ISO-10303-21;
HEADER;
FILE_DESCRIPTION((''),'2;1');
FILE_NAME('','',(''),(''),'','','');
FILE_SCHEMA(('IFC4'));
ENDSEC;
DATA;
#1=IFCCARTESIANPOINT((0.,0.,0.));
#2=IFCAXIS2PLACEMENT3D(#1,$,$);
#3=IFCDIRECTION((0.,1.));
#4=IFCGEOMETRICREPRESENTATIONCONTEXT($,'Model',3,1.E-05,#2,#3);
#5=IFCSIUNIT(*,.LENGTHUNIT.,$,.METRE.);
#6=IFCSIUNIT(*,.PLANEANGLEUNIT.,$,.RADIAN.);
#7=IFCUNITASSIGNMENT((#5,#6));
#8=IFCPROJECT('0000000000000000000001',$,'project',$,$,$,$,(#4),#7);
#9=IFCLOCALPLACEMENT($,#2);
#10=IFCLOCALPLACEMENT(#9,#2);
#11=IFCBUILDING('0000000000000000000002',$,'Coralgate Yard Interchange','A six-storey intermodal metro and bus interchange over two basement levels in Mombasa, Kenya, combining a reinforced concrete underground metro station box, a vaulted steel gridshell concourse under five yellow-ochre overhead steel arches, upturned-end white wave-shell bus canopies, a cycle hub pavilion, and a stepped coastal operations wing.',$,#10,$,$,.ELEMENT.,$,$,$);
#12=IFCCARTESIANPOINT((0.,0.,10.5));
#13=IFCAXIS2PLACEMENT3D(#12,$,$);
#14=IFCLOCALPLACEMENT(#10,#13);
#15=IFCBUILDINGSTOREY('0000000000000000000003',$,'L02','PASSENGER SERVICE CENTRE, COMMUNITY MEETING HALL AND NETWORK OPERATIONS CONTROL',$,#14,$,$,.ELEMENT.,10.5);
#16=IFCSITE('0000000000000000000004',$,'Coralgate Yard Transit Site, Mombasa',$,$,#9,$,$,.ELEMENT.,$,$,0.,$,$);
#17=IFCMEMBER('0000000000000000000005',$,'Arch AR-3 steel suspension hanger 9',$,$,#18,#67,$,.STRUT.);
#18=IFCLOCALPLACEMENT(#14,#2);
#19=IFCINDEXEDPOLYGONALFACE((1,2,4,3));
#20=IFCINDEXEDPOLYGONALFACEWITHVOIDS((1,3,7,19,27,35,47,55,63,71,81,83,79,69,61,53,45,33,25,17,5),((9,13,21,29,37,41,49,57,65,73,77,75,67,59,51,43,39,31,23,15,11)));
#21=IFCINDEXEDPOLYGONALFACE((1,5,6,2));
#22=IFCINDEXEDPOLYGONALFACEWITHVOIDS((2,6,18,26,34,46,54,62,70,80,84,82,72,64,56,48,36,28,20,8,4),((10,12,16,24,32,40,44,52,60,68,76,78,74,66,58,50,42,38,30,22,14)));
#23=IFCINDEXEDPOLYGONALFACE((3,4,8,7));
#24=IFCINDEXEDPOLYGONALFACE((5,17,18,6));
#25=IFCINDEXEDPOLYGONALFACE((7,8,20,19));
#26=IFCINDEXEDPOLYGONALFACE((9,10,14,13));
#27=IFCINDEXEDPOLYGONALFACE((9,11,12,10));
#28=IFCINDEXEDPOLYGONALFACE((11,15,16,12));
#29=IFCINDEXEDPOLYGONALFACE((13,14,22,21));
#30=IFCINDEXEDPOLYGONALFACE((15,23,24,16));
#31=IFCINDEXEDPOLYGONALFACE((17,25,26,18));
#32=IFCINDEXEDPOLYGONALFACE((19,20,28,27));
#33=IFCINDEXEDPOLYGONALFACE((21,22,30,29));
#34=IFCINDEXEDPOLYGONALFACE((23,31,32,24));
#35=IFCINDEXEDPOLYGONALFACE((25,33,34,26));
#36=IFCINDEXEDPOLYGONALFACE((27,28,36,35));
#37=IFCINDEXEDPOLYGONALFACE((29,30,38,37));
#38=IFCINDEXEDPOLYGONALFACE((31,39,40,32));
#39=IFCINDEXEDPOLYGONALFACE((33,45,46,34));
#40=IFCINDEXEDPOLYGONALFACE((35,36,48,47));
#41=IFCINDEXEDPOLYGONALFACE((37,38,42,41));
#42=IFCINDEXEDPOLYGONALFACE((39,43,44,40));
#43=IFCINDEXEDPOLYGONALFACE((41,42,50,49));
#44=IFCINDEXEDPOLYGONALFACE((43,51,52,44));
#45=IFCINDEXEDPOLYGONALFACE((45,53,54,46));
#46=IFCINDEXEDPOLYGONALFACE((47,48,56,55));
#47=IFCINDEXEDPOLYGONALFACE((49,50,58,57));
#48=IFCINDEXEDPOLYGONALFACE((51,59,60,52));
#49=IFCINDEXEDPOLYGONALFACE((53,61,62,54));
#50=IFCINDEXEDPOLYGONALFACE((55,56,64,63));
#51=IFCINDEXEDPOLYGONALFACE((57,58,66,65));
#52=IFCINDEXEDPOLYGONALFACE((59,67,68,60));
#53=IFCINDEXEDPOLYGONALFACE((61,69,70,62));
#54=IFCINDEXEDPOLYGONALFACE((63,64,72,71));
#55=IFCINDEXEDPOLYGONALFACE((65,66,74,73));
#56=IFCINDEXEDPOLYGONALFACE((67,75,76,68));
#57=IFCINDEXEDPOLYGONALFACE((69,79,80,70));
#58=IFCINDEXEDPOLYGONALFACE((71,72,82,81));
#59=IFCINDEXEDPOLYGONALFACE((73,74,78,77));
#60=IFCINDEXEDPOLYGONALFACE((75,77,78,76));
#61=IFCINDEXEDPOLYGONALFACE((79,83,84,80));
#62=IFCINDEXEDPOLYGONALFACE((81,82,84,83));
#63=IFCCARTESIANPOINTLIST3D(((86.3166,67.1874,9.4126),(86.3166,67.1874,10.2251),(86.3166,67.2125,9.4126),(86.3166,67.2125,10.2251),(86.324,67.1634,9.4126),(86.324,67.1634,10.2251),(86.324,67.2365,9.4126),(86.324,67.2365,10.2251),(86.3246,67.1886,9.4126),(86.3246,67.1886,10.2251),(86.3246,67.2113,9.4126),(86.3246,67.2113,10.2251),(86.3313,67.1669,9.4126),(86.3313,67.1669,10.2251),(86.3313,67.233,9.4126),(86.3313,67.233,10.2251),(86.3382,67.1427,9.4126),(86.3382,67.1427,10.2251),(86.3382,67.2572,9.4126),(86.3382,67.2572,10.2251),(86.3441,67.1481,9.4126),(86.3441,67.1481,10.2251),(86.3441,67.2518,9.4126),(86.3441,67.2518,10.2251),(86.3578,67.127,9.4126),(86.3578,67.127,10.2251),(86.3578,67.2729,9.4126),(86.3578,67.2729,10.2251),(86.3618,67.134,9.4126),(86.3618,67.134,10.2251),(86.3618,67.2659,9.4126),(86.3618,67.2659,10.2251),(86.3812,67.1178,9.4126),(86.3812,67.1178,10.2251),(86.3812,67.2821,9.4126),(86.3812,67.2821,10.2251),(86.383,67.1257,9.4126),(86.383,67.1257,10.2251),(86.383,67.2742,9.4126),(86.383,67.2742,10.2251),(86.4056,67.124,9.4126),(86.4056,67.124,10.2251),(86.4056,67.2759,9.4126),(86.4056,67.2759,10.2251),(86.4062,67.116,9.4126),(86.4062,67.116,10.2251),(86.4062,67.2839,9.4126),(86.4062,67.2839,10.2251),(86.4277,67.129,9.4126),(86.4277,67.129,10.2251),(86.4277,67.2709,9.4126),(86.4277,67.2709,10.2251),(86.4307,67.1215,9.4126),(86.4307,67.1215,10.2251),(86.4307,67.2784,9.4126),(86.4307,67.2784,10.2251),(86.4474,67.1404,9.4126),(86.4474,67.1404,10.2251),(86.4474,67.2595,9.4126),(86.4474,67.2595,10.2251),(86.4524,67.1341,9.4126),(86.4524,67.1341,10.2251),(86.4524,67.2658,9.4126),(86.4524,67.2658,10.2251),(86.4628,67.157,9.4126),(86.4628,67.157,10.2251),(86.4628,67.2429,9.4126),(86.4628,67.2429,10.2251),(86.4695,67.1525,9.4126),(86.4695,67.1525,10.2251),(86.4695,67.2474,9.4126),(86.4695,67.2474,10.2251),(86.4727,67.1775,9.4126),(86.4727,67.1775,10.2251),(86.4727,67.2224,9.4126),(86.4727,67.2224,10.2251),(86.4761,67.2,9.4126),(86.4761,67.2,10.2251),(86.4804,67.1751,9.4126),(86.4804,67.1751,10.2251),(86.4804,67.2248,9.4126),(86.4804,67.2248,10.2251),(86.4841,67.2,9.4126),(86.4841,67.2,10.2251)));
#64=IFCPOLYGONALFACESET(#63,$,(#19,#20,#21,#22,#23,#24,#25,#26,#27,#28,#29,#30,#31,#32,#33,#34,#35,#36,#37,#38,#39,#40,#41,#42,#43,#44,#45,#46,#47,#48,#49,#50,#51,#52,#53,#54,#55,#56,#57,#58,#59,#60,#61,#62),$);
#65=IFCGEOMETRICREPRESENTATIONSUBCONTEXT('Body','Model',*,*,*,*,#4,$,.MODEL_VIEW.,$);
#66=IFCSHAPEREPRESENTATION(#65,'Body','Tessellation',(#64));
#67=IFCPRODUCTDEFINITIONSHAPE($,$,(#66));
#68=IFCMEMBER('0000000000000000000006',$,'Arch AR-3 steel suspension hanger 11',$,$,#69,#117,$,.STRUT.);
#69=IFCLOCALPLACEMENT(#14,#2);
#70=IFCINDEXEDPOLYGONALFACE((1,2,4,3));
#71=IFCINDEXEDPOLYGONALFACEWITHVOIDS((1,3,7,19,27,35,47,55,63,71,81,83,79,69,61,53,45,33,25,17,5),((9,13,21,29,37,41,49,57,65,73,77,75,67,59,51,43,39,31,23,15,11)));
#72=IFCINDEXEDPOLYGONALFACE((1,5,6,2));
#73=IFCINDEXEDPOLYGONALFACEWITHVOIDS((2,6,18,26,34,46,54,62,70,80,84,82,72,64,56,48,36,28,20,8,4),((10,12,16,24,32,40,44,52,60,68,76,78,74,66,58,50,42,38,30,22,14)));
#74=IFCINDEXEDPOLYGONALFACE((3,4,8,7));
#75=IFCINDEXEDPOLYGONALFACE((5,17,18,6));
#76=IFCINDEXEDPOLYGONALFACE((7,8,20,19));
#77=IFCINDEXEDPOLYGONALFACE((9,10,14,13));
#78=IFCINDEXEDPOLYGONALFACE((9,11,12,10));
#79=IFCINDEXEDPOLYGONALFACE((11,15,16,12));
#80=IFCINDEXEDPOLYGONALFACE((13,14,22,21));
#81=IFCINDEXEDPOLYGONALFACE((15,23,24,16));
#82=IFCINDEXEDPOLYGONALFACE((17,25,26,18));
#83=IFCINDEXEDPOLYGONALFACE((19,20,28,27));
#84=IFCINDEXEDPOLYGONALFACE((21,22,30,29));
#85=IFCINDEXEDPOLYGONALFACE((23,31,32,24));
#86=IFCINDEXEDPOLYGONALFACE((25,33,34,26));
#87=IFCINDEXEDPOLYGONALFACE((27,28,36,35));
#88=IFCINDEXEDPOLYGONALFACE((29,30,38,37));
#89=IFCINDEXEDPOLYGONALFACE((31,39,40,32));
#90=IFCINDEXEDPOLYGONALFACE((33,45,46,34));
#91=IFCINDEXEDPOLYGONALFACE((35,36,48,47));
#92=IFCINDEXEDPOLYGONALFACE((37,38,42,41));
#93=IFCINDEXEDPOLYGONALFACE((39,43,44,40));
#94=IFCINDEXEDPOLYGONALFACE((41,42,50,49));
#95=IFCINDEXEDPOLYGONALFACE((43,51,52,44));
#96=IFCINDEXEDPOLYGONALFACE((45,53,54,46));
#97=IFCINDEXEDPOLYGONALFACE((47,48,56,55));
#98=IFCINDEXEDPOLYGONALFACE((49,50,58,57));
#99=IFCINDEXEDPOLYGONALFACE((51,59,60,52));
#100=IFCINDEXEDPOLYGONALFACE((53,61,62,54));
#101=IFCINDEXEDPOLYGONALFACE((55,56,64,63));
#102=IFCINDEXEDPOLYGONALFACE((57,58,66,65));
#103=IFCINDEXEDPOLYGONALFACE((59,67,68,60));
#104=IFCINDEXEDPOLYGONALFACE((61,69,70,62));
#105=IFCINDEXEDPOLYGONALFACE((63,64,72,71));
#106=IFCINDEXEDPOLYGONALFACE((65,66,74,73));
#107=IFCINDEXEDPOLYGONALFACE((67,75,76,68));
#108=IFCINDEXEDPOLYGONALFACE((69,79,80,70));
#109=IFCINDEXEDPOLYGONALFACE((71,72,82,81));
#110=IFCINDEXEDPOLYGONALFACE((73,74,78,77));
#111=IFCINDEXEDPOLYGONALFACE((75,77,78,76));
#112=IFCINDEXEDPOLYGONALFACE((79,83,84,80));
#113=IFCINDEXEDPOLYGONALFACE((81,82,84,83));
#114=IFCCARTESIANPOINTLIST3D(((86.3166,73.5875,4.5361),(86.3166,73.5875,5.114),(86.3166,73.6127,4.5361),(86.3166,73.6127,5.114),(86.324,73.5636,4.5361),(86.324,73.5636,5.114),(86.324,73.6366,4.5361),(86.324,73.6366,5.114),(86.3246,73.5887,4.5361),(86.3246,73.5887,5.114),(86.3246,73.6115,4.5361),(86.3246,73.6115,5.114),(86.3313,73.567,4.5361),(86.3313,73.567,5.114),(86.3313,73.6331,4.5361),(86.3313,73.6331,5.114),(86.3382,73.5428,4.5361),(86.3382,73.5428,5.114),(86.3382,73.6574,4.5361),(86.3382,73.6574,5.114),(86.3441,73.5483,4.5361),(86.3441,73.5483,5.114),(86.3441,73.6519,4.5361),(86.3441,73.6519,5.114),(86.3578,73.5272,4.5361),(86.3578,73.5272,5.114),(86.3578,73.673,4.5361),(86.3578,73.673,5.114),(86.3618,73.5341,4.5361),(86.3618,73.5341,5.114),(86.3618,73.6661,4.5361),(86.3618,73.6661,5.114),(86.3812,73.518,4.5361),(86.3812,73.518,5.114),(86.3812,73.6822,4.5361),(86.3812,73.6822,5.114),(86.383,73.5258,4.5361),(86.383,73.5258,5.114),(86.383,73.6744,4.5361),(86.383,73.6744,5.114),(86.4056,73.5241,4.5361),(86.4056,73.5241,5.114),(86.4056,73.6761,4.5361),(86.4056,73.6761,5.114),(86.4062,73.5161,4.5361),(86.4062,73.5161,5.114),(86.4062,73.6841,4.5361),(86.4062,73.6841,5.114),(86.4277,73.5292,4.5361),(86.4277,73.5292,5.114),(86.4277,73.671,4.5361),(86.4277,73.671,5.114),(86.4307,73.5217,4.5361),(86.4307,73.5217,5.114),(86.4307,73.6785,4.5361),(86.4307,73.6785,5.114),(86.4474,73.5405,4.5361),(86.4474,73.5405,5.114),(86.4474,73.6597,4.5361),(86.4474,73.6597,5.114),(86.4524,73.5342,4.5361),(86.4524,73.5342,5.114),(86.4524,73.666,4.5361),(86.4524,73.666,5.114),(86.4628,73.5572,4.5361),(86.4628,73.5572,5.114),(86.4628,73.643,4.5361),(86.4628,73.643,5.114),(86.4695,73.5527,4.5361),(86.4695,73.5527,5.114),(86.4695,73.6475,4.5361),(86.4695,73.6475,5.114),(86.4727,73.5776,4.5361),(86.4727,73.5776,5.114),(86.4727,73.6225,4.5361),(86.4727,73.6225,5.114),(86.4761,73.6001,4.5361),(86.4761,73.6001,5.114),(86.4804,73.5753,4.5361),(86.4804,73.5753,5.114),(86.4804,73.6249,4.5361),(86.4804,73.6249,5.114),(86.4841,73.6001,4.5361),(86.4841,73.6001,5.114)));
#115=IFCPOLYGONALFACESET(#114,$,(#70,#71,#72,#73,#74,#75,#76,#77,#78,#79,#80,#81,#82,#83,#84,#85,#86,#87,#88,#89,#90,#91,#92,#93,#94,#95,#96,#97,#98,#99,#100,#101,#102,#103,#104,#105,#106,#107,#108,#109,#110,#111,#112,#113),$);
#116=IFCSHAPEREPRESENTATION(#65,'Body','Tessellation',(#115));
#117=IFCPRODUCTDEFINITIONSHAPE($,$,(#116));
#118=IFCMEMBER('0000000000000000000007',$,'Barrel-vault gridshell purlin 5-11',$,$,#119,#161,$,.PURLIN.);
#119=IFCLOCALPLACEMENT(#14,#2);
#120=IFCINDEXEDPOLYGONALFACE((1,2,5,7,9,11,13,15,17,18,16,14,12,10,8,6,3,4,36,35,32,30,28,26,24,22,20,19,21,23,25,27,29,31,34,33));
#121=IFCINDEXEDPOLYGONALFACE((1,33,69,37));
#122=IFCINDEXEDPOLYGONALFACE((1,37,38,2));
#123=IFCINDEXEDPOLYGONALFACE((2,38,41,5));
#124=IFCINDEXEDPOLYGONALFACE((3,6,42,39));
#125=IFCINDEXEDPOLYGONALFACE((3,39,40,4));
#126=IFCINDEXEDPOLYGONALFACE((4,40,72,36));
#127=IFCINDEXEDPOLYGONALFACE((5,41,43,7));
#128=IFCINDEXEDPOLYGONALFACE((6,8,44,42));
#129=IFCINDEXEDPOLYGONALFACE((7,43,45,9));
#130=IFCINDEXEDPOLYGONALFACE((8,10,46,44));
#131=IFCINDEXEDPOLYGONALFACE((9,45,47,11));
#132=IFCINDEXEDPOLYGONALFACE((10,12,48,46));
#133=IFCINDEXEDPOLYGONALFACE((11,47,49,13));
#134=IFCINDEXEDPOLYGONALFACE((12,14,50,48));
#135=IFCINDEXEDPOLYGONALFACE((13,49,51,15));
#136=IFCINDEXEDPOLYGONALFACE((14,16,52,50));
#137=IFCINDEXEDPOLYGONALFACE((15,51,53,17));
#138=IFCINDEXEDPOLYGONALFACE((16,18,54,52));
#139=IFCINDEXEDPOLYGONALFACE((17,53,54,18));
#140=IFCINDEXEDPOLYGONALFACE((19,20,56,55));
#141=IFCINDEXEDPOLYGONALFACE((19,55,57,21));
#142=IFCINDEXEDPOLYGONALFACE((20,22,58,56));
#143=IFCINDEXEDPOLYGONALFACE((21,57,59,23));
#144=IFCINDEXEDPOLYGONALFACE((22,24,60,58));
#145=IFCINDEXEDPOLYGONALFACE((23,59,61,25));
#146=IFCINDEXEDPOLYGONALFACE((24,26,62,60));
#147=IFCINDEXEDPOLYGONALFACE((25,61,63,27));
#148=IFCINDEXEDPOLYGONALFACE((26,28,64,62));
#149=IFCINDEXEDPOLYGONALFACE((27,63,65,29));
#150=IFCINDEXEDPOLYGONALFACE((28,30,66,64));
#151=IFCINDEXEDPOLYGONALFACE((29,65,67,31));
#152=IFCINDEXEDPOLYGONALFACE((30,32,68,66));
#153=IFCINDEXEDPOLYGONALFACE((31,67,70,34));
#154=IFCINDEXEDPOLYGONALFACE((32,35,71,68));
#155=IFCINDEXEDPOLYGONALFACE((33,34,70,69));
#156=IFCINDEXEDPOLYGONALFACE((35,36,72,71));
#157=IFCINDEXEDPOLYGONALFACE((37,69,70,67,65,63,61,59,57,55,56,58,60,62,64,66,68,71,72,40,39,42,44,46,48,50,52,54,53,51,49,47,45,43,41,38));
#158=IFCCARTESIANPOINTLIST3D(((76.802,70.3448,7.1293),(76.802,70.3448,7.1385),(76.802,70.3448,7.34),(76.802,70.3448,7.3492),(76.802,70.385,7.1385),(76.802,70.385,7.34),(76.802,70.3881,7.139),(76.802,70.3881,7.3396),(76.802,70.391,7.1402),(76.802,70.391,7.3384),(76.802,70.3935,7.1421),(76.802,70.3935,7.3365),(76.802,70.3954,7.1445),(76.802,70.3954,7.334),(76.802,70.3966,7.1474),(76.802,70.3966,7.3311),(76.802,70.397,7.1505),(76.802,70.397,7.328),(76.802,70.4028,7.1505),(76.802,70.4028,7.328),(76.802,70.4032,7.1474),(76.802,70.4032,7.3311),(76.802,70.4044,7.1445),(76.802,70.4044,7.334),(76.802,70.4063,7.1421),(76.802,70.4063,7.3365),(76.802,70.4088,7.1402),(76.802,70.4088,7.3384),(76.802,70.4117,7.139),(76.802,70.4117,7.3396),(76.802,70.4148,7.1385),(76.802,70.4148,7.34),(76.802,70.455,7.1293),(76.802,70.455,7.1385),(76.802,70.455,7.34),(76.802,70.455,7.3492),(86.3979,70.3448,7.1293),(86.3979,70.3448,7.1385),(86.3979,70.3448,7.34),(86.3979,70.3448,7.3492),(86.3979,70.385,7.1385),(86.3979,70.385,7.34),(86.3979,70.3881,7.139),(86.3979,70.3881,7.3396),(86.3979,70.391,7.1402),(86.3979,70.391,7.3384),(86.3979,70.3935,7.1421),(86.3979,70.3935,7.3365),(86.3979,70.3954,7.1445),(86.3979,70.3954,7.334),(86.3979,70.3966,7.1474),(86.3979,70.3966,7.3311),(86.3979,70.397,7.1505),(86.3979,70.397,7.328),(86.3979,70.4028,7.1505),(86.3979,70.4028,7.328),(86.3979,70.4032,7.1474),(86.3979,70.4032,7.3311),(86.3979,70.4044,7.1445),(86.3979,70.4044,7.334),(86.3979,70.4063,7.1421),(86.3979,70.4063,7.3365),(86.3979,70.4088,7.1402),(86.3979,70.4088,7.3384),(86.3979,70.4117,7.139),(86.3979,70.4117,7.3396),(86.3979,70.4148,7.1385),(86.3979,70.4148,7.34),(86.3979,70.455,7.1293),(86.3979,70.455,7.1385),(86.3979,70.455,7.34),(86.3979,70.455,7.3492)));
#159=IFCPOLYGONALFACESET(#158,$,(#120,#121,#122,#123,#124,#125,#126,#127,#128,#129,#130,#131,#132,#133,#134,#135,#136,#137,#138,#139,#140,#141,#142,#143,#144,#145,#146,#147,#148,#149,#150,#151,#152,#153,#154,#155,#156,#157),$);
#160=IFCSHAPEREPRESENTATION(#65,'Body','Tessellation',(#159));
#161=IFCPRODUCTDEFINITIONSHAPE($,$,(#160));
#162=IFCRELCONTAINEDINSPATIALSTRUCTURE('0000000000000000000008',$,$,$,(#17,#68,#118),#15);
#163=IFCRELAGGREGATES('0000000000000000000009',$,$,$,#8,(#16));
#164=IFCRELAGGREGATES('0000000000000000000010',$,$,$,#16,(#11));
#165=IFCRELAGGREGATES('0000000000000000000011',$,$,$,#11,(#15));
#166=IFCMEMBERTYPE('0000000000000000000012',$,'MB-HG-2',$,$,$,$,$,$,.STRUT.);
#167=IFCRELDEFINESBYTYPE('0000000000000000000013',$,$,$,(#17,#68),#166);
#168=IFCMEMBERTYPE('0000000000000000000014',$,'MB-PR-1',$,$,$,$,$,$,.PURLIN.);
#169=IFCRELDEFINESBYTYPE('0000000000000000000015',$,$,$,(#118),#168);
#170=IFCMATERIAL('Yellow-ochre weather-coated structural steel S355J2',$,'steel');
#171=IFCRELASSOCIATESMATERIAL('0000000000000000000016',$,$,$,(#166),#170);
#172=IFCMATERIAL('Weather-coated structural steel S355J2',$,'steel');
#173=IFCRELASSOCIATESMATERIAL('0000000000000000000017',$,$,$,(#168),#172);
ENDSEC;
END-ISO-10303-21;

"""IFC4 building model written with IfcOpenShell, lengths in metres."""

from ifc_helpers import new_model, si_unit, direction, frame, origin, origin_2d, place, context, subcontext, project, spatial, hollow_circle, i_section, extrude, material, material_profile, profile_set, type_object, element, save


model = new_model("IFC4")

# Units and contexts
model_context = context("Model", 3, precision=1e-05, world=origin(), true_north=direction((0.0, 1.0)))
body_context = subcontext(model_context, "Body", "Model", "MODEL_VIEW")
ifc_project = project(units=[si_unit("LENGTHUNIT", "METRE"), si_unit("PLANEANGLEUNIT", "RADIAN")], contexts=[model_context])

# Site, building, storey
site_placement = place(None, origin())
site = spatial("IfcSite", under=ifc_project, at=site_placement, Name="Coralgate Yard Transit Site, Mombasa", CompositionType="ELEMENT", RefElevation=0.0)
building_placement = place(site_placement, origin())
building = spatial("IfcBuilding", under=site, at=building_placement, Name="Coralgate Yard Interchange", Description="A six-storey intermodal metro and bus interchange over two basement levels in Mombasa, Kenya, combining a reinforced concrete underground metro station box, a vaulted steel gridshell concourse under five yellow-ochre overhead steel arches, upturned-end white wave-shell bus canopies, a cycle hub pavilion, and a stepped coastal operations wing.", CompositionType="ELEMENT")
storey_placement = place(building_placement, frame((0.0, 0.0, 10.5)))
storey = spatial("IfcBuildingStorey", under=building, at=storey_placement, Name="L02", Description="PASSENGER SERVICE CENTRE, COMMUNITY MEETING HALL AND NETWORK OPERATIONS CONTROL", CompositionType="ELEMENT", Elevation=10.5)

# Shared definitions
ifc_material_1 = material(Name="Yellow-ochre weather-coated structural steel S355J2", Category="steel")
ifc_material_2 = material(Name="Weather-coated structural steel S355J2", Category="steel")

# Members
ifc_material_profile_1 = material_profile(ifc_material_1, hollow_circle(Radius=0.0842, WallThickness=0.0081, at=origin_2d()), Name="CHS 168.3x8")
ifc_profile_set_1 = profile_set([ifc_material_profile_1], Name="Yellow-ochre weather-coated structural steel S355J2")
member_type_1 = type_object("IfcMemberType", Name="MB-HG-2", PredefinedType="STRUT", material=ifc_profile_set_1)
member_1_placement = place(storey_placement, frame((86.3999, 67.2, 9.4126), z_axis=(0.0, 0.0, 1.0), x_axis=(1.0, 0.0, 0.0)))
element("IfcMember", 1, at=member_1_placement, inside=storey, type_object=member_type_1, Name="Arch AR-3 steel suspension hanger 9", PredefinedType="STRUT", context=body_context, shape_type="SweptSolid", body=[
    extrude(hollow_circle(Radius=0.0842, WallThickness=0.0081, at=origin_2d()), origin(), (0.0, 0.0, 1.0), 0.8125),
])
member_2_placement = place(storey_placement, frame((86.3999, 73.6001, 4.5361), z_axis=(0.0, 0.0, 1.0), x_axis=(1.0, 0.0, 0.0)))
element("IfcMember", 2, at=member_2_placement, inside=storey, type_object=member_type_1, Name="Arch AR-3 steel suspension hanger 11", PredefinedType="STRUT", context=body_context, shape_type="SweptSolid", body=[
    extrude(hollow_circle(Radius=0.0842, WallThickness=0.0081, at=origin_2d()), origin(), (0.0, 0.0, 1.0), 0.5779),
])
ifc_material_profile_2 = material_profile(ifc_material_2, i_section(OverallWidth=0.1101, OverallDepth=0.22, WebThickness=0.0059, FlangeThickness=0.0093, FilletRadius=0.012, at=origin_2d()), Name="IPE 220")
ifc_profile_set_2 = profile_set([ifc_material_profile_2], Name="Weather-coated structural steel S355J2")
member_type_2 = type_object("IfcMemberType", Name="MB-PR-1", PredefinedType="PURLIN", material=ifc_profile_set_2)
for number, where, z_axis, x_axis, name in (
    (3, (76.802, 70.3999, 7.2393), (1.0, 0.0, 0.0), (0.0, 1.0, 0.0), "Barrel-vault gridshell purlin 5-11"),
):
    element("IfcMember", number, at=place(storey_placement, frame(where, z_axis=z_axis, x_axis=x_axis)), inside=storey, type_object=member_type_2, Name=name, PredefinedType="PURLIN", context=body_context, shape_type="SweptSolid", body=[
        extrude(i_section(OverallWidth=0.1101, OverallDepth=0.22, WebThickness=0.0059, FlangeThickness=0.0093, FilletRadius=0.012, at=origin_2d()), origin(), (0.0, 0.0, 1.0), 9.5959),
    ])

save(model, "model.ifc")
